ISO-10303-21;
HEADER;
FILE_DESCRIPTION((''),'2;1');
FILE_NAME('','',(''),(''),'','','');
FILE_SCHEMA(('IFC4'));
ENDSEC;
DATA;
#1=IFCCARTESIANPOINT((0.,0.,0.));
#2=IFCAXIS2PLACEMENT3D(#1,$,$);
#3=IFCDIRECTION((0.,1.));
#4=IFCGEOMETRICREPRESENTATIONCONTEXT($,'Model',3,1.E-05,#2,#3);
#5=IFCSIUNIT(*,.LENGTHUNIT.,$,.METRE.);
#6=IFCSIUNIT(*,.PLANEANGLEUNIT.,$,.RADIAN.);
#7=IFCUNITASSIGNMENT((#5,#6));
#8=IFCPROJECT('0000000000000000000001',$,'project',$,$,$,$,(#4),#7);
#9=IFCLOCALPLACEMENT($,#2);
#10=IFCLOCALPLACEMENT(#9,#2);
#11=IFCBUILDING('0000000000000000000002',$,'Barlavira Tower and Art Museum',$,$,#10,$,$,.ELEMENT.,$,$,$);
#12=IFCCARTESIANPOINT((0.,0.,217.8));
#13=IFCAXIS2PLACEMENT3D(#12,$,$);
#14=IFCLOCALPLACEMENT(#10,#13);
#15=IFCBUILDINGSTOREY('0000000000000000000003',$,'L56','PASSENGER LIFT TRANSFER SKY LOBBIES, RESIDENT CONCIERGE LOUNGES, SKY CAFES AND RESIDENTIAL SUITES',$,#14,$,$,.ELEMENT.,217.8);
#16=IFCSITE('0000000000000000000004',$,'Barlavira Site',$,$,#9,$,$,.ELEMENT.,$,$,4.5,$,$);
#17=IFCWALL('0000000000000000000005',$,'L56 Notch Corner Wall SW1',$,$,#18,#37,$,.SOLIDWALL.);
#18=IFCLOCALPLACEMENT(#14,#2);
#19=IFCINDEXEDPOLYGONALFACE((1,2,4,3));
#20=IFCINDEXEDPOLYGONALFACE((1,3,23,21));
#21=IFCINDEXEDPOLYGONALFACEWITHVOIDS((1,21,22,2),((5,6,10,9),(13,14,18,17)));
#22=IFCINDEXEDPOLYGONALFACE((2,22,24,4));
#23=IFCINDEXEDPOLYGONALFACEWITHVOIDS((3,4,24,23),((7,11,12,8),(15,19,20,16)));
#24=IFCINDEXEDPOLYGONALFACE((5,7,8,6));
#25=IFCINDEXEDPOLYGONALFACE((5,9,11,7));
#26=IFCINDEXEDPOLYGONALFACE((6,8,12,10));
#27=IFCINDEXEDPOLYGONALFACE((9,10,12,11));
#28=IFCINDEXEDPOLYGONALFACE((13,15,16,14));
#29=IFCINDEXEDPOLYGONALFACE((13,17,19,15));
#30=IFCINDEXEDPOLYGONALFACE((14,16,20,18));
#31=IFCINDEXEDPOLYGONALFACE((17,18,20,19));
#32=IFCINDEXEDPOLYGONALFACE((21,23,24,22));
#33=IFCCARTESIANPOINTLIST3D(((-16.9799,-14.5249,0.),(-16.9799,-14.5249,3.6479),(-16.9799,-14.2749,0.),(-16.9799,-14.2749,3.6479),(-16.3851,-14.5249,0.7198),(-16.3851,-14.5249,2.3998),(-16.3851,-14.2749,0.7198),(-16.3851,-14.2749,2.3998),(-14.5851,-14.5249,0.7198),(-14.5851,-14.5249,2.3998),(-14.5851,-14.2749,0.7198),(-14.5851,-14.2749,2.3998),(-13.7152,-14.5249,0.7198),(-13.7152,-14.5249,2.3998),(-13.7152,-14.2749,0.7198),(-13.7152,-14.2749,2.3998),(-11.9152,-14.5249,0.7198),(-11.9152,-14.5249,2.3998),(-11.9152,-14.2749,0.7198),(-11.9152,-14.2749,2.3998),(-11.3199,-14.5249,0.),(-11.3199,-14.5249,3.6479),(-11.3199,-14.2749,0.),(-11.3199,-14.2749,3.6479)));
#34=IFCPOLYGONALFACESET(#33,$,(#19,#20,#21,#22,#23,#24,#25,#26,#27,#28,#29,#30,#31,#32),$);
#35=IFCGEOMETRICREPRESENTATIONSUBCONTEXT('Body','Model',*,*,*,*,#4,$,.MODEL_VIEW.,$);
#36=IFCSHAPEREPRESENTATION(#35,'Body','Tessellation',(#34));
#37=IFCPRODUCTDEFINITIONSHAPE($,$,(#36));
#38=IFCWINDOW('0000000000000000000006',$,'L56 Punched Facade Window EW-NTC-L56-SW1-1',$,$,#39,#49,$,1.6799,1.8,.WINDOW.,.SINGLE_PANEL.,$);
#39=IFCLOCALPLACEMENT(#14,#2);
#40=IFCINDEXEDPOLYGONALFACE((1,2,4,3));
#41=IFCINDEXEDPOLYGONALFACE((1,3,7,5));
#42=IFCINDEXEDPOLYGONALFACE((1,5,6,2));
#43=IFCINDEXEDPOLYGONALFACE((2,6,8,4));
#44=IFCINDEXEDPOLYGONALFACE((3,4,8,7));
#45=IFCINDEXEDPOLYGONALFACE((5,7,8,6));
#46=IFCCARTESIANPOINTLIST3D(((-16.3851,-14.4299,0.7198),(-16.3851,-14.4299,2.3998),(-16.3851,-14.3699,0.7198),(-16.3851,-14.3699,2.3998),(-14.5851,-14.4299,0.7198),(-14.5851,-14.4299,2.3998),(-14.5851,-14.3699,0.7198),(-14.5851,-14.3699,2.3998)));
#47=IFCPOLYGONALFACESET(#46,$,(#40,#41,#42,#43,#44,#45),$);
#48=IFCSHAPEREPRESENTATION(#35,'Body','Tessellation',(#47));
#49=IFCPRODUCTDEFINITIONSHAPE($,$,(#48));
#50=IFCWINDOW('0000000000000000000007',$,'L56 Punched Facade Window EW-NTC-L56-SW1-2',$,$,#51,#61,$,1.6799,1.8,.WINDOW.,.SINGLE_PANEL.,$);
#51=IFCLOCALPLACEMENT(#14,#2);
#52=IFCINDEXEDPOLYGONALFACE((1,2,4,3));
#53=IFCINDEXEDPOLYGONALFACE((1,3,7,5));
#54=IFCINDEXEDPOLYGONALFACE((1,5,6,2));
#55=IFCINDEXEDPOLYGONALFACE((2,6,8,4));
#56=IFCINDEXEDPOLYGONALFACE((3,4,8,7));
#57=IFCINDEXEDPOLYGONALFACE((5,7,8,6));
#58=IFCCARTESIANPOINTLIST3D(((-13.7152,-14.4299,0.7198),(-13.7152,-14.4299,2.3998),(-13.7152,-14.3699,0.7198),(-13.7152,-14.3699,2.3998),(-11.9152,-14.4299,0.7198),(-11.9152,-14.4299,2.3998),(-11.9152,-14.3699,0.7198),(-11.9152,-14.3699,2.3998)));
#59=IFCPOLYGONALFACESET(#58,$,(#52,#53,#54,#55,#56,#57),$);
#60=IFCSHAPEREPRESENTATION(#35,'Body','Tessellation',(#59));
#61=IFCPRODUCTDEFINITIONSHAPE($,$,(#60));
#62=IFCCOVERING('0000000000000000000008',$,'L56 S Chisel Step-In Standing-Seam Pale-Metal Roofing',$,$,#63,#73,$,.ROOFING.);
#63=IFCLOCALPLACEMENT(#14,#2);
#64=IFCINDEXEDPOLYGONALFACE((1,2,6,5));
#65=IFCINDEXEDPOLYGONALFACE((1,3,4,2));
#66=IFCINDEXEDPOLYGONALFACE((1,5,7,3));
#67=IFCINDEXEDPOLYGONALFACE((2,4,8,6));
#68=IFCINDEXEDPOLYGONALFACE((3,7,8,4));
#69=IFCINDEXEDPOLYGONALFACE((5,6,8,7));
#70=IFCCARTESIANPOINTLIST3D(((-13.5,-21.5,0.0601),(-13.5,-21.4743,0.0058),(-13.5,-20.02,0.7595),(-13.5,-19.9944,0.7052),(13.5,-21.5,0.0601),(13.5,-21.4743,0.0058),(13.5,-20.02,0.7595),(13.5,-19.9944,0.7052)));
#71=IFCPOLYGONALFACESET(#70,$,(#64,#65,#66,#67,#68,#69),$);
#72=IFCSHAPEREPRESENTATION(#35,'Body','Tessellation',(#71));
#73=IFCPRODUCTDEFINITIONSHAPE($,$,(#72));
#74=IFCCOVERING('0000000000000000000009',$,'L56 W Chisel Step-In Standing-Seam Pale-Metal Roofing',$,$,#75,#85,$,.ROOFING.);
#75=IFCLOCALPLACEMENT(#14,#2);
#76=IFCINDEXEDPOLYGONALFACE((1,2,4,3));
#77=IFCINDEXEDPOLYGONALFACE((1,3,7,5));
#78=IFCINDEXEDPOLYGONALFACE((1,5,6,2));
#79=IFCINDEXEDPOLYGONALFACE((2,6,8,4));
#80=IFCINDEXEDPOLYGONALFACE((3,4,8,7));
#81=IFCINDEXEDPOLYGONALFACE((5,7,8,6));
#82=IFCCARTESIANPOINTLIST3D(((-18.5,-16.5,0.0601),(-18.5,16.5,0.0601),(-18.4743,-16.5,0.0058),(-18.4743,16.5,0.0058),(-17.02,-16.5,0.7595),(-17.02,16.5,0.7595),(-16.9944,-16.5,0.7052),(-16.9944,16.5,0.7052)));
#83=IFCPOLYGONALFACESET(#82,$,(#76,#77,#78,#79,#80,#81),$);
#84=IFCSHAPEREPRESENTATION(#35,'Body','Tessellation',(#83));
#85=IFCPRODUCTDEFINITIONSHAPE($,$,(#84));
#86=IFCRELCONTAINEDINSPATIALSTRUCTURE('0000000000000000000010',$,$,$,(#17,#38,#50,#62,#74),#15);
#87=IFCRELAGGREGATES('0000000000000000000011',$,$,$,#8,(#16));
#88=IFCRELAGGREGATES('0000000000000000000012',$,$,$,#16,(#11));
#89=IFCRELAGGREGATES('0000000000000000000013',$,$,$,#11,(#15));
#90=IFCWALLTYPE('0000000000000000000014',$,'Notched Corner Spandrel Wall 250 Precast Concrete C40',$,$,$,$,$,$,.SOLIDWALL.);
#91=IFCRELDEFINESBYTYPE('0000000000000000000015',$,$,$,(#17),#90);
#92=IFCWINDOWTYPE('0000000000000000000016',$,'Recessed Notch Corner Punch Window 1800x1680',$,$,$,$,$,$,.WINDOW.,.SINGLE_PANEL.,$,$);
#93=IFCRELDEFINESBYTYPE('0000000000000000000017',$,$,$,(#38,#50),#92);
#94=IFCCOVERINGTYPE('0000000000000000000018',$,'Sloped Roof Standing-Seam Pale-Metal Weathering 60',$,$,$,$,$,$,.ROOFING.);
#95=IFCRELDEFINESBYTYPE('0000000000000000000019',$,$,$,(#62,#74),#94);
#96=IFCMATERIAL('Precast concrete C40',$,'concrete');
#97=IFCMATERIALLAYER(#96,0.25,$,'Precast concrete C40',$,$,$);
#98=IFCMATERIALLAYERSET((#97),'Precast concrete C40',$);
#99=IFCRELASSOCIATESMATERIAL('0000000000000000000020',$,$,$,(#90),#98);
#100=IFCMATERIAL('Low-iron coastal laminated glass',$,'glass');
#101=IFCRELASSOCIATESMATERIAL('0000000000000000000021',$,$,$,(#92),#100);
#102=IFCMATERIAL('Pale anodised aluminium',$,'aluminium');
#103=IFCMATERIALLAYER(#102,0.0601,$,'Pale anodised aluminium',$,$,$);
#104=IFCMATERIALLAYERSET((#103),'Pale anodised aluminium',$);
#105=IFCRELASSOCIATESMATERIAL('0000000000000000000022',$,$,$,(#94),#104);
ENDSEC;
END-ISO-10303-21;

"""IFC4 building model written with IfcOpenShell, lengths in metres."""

from ifc_helpers import new_model, si_unit, direction, frame, frame_2d, origin, place, context, subcontext, project, spatial, polyline, rectangle, outline, extrude, material, layer, layer_set, type_object, element, fill, save


model = new_model("IFC4")

# Units and contexts
model_context = context("Model", 3, precision=1e-05, world=origin(), true_north=direction((0.0, 1.0)))
body_context = subcontext(model_context, "Body", "Model", "MODEL_VIEW")
ifc_project = project(units=[si_unit("LENGTHUNIT", "METRE"), si_unit("PLANEANGLEUNIT", "RADIAN")], contexts=[model_context])

# Site, building, storey
site_placement = place(None, origin())
site = spatial("IfcSite", under=ifc_project, at=site_placement, Name="Barlavira Site", CompositionType="ELEMENT", RefElevation=4.5)
building_placement = place(site_placement, origin())
building = spatial("IfcBuilding", under=site, at=building_placement, Name="Barlavira Tower and Art Museum", CompositionType="ELEMENT")
storey_placement = place(building_placement, frame((0.0, 0.0, 217.8)))
storey = spatial("IfcBuildingStorey", under=building, at=storey_placement, Name="L56", Description="PASSENGER LIFT TRANSFER SKY LOBBIES, RESIDENT CONCIERGE LOUNGES, SKY CAFES AND RESIDENTIAL SUITES", CompositionType="ELEMENT", Elevation=217.8)

# Shared definitions
ifc_material_1 = material(Name="Precast concrete C40", Category="concrete")

# Shared definitions
ifc_layer_1 = layer(ifc_material_1, 0.25, Name="Precast concrete C40")
ifc_layer_set_1 = layer_set([ifc_layer_1], Name="Precast concrete C40")
wall_type = type_object("IfcWallType", Name="Notched Corner Spandrel Wall 250 Precast Concrete C40", PredefinedType="SOLIDWALL", material=ifc_layer_set_1)
ifc_material_2 = material(Name="Low-iron coastal laminated glass", Category="glass")
window_type = type_object("IfcWindowType", Name="Recessed Notch Corner Punch Window 1800x1680", PartitioningType="SINGLE_PANEL", PredefinedType="WINDOW", material=ifc_material_2)

# Wall, openings, windows
wall_1_placement = place(storey_placement, frame((-16.98, -14.3999, 0.0), z_axis=(0.0, 0.0, 1.0), x_axis=(1.0, 0.0, 0.0)))
wall_1 = element("IfcWall", 1, at=wall_1_placement, inside=storey, type_object=wall_type, Name="L56 Notch Corner Wall SW1", PredefinedType="SOLIDWALL", context=body_context, shape_type="SweptSolid", body=[
    extrude(rectangle(XDim=5.6599, YDim=0.25, at=frame_2d((2.8301, 0.0))), origin(), (0.0, 0.0, 1.0), 3.6479),
])
opening_1_placement = place(wall_1_placement, frame((0.595, 0.0, 0.72)))
opening_1 = element("IfcOpeningElement", 2, at=opening_1_placement, cuts=wall_1, PredefinedType="OPENING", context=body_context, shape_type="SweptSolid", body=[
    extrude(rectangle(XDim=1.8, YDim=1.6799, at=frame_2d((0.8999, 0.8398))), frame((0.0, 0.135, 0.0), z_axis=(0.0, -1.0, 0.0), x_axis=(1.0, 0.0, 0.0)), (0.0, 0.0, 1.0), 0.27),
])
opening_2_placement = place(wall_1_placement, frame((3.2649, 0.0, 0.72)))
opening_2 = element("IfcOpeningElement", 3, at=opening_2_placement, cuts=wall_1, PredefinedType="OPENING", context=body_context, shape_type="SweptSolid", body=[
    extrude(rectangle(XDim=1.8, YDim=1.6799, at=frame_2d((0.8999, 0.8398))), frame((0.0, 0.135, 0.0), z_axis=(0.0, -1.0, 0.0), x_axis=(1.0, 0.0, 0.0)), (0.0, 0.0, 1.0), 0.27),
])
window_1_placement = place(opening_1_placement, origin())
window_1 = element("IfcWindow", 4, at=window_1_placement, inside=storey, type_object=window_type, Name="L56 Punched Facade Window EW-NTC-L56-SW1-1", OverallHeight=1.6799, OverallWidth=1.8, PartitioningType="SINGLE_PANEL", PredefinedType="WINDOW", context=body_context, shape_type="SweptSolid", body=[
    extrude(rectangle(XDim=1.8, YDim=1.6799, at=frame_2d((0.8999, 0.8398))), frame((0.0, 0.03, 0.0), z_axis=(0.0, -1.0, 0.0), x_axis=(1.0, 0.0, 0.0)), (0.0, 0.0, 1.0), 0.0601),
])
fill(opening_1, window_1)
window_2_placement = place(opening_2_placement, origin())
window_2 = element("IfcWindow", 5, at=window_2_placement, inside=storey, type_object=window_type, Name="L56 Punched Facade Window EW-NTC-L56-SW1-2", OverallHeight=1.6799, OverallWidth=1.8, PartitioningType="SINGLE_PANEL", PredefinedType="WINDOW", context=body_context, shape_type="SweptSolid", body=[
    extrude(rectangle(XDim=1.8, YDim=1.6799, at=frame_2d((0.8999, 0.8398))), frame((0.0, 0.03, 0.0), z_axis=(0.0, -1.0, 0.0), x_axis=(1.0, 0.0, 0.0)), (0.0, 0.0, 1.0), 0.0601),
])
fill(opening_2, window_2)

# Coverings
ifc_material_3 = material(Name="Pale anodised aluminium", Category="aluminium")
ifc_layer_2 = layer(ifc_material_3, 0.0601, Name="Pale anodised aluminium")
ifc_layer_set_2 = layer_set([ifc_layer_2], Name="Pale anodised aluminium")
covering_type = type_object("IfcCoveringType", Name="Sloped Roof Standing-Seam Pale-Metal Weathering 60", PredefinedType="ROOFING", material=ifc_layer_set_2)
covering_1_placement = place(storey_placement, frame((-13.5, -20.02, 0.7595), z_axis=(0.0, -0.427298, 0.904111), x_axis=(1.0, 0.0, 0.0)))
element("IfcCovering", 6, at=covering_1_placement, inside=storey, type_object=covering_type, Name="L56 S Chisel Step-In Standing-Seam Pale-Metal Roofing", PredefinedType="ROOFING", context=body_context, shape_type="SweptSolid", body=[
    extrude(outline(polyline([(0.0, 0.0), (27.0, 0.0), (27.0, -1.6369), (0.0, -1.6369), (0.0, 0.0)])), origin(), (0.0, 0.0, -1.0), 0.0601),
])
covering_2_placement = place(storey_placement, frame((-18.5, -16.5, 0.0601), z_axis=(-0.427298, 0.0, 0.904111), x_axis=(0.904111, 0.0, 0.427298)))
element("IfcCovering", 7, at=covering_2_placement, inside=storey, type_object=covering_type, Name="L56 W Chisel Step-In Standing-Seam Pale-Metal Roofing", PredefinedType="ROOFING", context=body_context, shape_type="SweptSolid", body=[
    extrude(outline(polyline([(0.0, 0.0), (1.6369, 0.0), (1.6369, 33.0), (0.0, 33.0), (0.0, 0.0)])), origin(), (0.0, 0.0, -1.0), 0.0601),
])

save(model, "model.ifc")
